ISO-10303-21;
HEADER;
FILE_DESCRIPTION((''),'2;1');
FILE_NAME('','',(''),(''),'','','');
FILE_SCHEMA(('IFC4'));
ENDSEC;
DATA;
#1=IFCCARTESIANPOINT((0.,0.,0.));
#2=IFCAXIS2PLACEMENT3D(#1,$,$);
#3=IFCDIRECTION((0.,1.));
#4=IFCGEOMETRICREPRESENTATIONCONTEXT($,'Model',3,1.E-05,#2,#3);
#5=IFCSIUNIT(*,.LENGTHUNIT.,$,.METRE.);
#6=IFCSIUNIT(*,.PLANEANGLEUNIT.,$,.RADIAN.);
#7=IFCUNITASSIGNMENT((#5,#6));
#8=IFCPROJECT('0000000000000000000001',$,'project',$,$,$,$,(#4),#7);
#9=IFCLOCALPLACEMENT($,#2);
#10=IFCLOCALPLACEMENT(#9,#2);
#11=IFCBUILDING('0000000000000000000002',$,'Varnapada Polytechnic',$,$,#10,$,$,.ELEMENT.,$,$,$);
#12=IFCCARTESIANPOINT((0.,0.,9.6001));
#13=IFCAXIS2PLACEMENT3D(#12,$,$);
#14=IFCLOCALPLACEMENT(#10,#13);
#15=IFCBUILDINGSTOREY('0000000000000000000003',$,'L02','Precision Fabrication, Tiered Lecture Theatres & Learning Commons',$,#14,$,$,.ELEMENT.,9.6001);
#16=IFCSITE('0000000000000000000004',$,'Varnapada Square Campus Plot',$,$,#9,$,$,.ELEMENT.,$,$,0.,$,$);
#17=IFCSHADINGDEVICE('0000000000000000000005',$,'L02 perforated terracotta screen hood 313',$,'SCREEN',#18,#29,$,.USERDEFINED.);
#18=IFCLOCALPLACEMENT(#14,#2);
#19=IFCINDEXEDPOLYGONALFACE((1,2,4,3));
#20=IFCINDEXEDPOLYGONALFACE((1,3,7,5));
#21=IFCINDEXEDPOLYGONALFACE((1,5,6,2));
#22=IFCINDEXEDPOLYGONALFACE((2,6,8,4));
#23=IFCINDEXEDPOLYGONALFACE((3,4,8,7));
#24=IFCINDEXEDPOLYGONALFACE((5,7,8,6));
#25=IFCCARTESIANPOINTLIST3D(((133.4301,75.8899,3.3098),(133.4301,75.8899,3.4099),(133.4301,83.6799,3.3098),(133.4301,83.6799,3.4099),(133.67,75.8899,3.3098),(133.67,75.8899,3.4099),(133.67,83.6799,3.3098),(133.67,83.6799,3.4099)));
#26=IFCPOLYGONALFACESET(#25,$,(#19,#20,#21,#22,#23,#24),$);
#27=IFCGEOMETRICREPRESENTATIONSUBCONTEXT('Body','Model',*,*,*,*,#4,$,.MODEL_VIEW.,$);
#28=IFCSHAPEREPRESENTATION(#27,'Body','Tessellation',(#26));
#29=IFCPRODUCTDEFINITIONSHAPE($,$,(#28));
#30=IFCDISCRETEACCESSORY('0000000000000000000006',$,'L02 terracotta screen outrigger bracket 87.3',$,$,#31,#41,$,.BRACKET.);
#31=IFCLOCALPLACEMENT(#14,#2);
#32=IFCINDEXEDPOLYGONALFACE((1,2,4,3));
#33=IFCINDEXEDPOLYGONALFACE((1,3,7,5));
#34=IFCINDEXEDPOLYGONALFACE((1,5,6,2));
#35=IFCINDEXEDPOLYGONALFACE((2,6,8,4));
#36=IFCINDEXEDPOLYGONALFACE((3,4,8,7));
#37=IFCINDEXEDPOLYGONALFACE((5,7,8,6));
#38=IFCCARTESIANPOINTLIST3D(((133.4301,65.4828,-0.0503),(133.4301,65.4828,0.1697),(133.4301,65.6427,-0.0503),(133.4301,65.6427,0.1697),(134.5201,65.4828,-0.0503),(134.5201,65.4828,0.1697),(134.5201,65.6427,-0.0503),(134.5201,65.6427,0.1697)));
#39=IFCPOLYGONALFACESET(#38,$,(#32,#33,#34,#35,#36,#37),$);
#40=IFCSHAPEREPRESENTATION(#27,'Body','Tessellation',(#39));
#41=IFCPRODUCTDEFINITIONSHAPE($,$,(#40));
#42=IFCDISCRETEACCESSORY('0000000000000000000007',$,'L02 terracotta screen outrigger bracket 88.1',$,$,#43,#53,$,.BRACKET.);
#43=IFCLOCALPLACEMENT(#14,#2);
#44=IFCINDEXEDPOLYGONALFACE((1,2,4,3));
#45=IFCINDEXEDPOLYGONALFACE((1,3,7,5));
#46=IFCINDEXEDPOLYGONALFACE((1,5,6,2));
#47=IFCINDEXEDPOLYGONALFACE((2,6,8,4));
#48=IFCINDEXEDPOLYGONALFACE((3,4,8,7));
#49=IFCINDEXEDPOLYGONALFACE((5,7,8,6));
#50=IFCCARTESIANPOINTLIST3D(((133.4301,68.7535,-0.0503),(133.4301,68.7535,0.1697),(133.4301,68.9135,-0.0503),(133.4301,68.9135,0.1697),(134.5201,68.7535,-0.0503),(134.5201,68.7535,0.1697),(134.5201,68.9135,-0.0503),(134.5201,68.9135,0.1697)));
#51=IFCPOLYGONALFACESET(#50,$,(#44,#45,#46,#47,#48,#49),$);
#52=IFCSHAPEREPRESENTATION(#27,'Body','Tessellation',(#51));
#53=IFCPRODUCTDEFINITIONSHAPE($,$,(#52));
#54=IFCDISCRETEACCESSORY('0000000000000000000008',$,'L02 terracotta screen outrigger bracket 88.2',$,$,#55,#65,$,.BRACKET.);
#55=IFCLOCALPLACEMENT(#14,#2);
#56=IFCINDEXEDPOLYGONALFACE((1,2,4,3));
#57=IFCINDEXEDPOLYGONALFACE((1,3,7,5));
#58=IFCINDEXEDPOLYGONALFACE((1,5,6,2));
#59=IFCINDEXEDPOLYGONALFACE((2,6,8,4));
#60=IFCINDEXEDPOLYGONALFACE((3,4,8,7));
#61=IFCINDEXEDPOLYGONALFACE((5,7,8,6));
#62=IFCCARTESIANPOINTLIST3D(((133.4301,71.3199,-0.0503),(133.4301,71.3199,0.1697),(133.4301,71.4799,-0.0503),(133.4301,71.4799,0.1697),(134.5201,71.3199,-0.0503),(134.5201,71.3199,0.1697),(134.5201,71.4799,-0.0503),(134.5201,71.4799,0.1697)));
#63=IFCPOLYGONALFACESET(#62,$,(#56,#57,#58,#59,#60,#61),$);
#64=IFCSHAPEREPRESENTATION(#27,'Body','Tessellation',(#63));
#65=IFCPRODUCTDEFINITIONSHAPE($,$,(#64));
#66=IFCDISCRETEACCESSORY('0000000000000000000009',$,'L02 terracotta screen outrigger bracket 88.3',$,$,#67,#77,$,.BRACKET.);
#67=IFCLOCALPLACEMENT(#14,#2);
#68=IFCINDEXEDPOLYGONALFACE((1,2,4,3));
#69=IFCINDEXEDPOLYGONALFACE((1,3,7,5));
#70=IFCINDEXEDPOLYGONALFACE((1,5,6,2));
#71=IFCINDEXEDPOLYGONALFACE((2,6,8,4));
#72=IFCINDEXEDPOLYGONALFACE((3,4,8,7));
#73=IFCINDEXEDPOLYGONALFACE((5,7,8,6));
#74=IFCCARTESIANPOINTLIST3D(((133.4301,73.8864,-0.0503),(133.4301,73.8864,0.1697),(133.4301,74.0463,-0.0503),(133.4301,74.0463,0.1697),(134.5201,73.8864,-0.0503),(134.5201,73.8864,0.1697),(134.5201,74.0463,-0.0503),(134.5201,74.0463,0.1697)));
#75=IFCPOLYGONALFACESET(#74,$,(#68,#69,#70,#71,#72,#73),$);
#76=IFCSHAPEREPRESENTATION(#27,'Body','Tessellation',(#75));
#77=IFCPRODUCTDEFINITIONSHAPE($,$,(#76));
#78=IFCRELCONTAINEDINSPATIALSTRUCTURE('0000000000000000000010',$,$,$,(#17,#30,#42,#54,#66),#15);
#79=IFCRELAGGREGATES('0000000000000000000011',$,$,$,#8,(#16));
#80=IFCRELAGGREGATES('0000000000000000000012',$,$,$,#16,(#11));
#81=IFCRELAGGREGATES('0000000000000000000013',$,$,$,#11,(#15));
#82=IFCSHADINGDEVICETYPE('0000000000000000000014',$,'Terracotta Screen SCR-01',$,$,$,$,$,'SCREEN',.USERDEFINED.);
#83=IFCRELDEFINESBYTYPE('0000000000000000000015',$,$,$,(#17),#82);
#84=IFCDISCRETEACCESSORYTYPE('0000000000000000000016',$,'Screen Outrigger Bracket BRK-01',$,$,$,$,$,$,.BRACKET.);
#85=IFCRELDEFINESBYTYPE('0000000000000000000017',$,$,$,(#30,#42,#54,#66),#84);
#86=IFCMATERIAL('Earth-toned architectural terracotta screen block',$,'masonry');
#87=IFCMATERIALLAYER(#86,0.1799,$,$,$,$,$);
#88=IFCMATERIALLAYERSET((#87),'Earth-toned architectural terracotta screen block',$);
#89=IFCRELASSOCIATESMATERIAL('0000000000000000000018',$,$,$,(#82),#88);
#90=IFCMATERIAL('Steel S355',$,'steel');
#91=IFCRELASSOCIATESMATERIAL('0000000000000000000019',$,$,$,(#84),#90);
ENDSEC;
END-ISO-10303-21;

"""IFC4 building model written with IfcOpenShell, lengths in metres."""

from ifc_helpers import new_model, si_unit, direction, frame, origin, origin_2d, place, context, subcontext, project, spatial, rectangle, extrude, material, layer, layer_set, type_object, element, save


model = new_model("IFC4")

# Units and contexts
model_context = context("Model", 3, precision=1e-05, world=origin(), true_north=direction((0.0, 1.0)))
body_context = subcontext(model_context, "Body", "Model", "MODEL_VIEW")
ifc_project = project(units=[si_unit("LENGTHUNIT", "METRE"), si_unit("PLANEANGLEUNIT", "RADIAN")], contexts=[model_context])

# Site, building, storey
site_placement = place(None, origin())
site = spatial("IfcSite", under=ifc_project, at=site_placement, Name="Varnapada Square Campus Plot", CompositionType="ELEMENT", RefElevation=0.0)
building_placement = place(site_placement, origin())
building = spatial("IfcBuilding", under=site, at=building_placement, Name="Varnapada Polytechnic", CompositionType="ELEMENT")
storey_placement = place(building_placement, frame((0.0, 0.0, 9.6001)))
storey = spatial("IfcBuildingStorey", under=building, at=storey_placement, Name="L02", Description="Precision Fabrication, Tiered Lecture Theatres & Learning Commons", CompositionType="ELEMENT", Elevation=9.6001)

# Shading device
ifc_material_1 = material(Name="Earth-toned architectural terracotta screen block", Category="masonry")
ifc_layer = layer(ifc_material_1, 0.1799)
ifc_layer_set = layer_set([ifc_layer], Name="Earth-toned architectural terracotta screen block")
shading_device_type = type_object("IfcShadingDeviceType", Name="Terracotta Screen SCR-01", ElementType="SCREEN", PredefinedType="USERDEFINED", material=ifc_layer_set)
shading_device_placement = place(storey_placement, frame((133.55, 79.7849, 3.3098), z_axis=(0.0, 0.0, 1.0), x_axis=(0.0, 1.0, 0.0)))
element("IfcShadingDevice", 1, at=shading_device_placement, inside=storey, type_object=shading_device_type, Name="L02 perforated terracotta screen hood 313", ObjectType="SCREEN", PredefinedType="USERDEFINED", context=body_context, shape_type="SweptSolid", body=[
    extrude(rectangle(XDim=7.79, YDim=0.24, at=origin_2d()), origin(), (0.0, 0.0, 1.0), 0.1001),
])

# Discrete accessories
ifc_material_2 = material(Name="Steel S355", Category="steel")
discrete_accessory_type = type_object("IfcDiscreteAccessoryType", Name="Screen Outrigger Bracket BRK-01", PredefinedType="BRACKET", material=ifc_material_2)
for number, where, z_axis, x_axis, name in (
    (2, (133.9751, 65.5627, -0.0503), (0.0, 0.0, 1.0), (0.0, 1.0, 0.0), "L02 terracotta screen outrigger bracket 87.3"),
    (3, (133.9751, 68.8335, -0.0503), (0.0, 0.0, 1.0), (0.0, 1.0, 0.0), "L02 terracotta screen outrigger bracket 88.1"),
    (4, (133.9751, 71.3999, -0.0503), (0.0, 0.0, 1.0), (0.0, 1.0, 0.0), "L02 terracotta screen outrigger bracket 88.2"),
    (5, (133.9751, 73.9663, -0.0503), (0.0, 0.0, 1.0), (0.0, 1.0, 0.0), "L02 terracotta screen outrigger bracket 88.3"),
):
    element("IfcDiscreteAccessory", number, at=place(storey_placement, frame(where, z_axis=z_axis, x_axis=x_axis)), inside=storey, type_object=discrete_accessory_type, Name=name, PredefinedType="BRACKET", context=body_context, shape_type="SweptSolid", body=[
        extrude(rectangle(XDim=0.1599, YDim=1.0901, at=origin_2d()), origin(), (0.0, 0.0, 1.0), 0.22),
    ])

save(model, "model.ifc")
